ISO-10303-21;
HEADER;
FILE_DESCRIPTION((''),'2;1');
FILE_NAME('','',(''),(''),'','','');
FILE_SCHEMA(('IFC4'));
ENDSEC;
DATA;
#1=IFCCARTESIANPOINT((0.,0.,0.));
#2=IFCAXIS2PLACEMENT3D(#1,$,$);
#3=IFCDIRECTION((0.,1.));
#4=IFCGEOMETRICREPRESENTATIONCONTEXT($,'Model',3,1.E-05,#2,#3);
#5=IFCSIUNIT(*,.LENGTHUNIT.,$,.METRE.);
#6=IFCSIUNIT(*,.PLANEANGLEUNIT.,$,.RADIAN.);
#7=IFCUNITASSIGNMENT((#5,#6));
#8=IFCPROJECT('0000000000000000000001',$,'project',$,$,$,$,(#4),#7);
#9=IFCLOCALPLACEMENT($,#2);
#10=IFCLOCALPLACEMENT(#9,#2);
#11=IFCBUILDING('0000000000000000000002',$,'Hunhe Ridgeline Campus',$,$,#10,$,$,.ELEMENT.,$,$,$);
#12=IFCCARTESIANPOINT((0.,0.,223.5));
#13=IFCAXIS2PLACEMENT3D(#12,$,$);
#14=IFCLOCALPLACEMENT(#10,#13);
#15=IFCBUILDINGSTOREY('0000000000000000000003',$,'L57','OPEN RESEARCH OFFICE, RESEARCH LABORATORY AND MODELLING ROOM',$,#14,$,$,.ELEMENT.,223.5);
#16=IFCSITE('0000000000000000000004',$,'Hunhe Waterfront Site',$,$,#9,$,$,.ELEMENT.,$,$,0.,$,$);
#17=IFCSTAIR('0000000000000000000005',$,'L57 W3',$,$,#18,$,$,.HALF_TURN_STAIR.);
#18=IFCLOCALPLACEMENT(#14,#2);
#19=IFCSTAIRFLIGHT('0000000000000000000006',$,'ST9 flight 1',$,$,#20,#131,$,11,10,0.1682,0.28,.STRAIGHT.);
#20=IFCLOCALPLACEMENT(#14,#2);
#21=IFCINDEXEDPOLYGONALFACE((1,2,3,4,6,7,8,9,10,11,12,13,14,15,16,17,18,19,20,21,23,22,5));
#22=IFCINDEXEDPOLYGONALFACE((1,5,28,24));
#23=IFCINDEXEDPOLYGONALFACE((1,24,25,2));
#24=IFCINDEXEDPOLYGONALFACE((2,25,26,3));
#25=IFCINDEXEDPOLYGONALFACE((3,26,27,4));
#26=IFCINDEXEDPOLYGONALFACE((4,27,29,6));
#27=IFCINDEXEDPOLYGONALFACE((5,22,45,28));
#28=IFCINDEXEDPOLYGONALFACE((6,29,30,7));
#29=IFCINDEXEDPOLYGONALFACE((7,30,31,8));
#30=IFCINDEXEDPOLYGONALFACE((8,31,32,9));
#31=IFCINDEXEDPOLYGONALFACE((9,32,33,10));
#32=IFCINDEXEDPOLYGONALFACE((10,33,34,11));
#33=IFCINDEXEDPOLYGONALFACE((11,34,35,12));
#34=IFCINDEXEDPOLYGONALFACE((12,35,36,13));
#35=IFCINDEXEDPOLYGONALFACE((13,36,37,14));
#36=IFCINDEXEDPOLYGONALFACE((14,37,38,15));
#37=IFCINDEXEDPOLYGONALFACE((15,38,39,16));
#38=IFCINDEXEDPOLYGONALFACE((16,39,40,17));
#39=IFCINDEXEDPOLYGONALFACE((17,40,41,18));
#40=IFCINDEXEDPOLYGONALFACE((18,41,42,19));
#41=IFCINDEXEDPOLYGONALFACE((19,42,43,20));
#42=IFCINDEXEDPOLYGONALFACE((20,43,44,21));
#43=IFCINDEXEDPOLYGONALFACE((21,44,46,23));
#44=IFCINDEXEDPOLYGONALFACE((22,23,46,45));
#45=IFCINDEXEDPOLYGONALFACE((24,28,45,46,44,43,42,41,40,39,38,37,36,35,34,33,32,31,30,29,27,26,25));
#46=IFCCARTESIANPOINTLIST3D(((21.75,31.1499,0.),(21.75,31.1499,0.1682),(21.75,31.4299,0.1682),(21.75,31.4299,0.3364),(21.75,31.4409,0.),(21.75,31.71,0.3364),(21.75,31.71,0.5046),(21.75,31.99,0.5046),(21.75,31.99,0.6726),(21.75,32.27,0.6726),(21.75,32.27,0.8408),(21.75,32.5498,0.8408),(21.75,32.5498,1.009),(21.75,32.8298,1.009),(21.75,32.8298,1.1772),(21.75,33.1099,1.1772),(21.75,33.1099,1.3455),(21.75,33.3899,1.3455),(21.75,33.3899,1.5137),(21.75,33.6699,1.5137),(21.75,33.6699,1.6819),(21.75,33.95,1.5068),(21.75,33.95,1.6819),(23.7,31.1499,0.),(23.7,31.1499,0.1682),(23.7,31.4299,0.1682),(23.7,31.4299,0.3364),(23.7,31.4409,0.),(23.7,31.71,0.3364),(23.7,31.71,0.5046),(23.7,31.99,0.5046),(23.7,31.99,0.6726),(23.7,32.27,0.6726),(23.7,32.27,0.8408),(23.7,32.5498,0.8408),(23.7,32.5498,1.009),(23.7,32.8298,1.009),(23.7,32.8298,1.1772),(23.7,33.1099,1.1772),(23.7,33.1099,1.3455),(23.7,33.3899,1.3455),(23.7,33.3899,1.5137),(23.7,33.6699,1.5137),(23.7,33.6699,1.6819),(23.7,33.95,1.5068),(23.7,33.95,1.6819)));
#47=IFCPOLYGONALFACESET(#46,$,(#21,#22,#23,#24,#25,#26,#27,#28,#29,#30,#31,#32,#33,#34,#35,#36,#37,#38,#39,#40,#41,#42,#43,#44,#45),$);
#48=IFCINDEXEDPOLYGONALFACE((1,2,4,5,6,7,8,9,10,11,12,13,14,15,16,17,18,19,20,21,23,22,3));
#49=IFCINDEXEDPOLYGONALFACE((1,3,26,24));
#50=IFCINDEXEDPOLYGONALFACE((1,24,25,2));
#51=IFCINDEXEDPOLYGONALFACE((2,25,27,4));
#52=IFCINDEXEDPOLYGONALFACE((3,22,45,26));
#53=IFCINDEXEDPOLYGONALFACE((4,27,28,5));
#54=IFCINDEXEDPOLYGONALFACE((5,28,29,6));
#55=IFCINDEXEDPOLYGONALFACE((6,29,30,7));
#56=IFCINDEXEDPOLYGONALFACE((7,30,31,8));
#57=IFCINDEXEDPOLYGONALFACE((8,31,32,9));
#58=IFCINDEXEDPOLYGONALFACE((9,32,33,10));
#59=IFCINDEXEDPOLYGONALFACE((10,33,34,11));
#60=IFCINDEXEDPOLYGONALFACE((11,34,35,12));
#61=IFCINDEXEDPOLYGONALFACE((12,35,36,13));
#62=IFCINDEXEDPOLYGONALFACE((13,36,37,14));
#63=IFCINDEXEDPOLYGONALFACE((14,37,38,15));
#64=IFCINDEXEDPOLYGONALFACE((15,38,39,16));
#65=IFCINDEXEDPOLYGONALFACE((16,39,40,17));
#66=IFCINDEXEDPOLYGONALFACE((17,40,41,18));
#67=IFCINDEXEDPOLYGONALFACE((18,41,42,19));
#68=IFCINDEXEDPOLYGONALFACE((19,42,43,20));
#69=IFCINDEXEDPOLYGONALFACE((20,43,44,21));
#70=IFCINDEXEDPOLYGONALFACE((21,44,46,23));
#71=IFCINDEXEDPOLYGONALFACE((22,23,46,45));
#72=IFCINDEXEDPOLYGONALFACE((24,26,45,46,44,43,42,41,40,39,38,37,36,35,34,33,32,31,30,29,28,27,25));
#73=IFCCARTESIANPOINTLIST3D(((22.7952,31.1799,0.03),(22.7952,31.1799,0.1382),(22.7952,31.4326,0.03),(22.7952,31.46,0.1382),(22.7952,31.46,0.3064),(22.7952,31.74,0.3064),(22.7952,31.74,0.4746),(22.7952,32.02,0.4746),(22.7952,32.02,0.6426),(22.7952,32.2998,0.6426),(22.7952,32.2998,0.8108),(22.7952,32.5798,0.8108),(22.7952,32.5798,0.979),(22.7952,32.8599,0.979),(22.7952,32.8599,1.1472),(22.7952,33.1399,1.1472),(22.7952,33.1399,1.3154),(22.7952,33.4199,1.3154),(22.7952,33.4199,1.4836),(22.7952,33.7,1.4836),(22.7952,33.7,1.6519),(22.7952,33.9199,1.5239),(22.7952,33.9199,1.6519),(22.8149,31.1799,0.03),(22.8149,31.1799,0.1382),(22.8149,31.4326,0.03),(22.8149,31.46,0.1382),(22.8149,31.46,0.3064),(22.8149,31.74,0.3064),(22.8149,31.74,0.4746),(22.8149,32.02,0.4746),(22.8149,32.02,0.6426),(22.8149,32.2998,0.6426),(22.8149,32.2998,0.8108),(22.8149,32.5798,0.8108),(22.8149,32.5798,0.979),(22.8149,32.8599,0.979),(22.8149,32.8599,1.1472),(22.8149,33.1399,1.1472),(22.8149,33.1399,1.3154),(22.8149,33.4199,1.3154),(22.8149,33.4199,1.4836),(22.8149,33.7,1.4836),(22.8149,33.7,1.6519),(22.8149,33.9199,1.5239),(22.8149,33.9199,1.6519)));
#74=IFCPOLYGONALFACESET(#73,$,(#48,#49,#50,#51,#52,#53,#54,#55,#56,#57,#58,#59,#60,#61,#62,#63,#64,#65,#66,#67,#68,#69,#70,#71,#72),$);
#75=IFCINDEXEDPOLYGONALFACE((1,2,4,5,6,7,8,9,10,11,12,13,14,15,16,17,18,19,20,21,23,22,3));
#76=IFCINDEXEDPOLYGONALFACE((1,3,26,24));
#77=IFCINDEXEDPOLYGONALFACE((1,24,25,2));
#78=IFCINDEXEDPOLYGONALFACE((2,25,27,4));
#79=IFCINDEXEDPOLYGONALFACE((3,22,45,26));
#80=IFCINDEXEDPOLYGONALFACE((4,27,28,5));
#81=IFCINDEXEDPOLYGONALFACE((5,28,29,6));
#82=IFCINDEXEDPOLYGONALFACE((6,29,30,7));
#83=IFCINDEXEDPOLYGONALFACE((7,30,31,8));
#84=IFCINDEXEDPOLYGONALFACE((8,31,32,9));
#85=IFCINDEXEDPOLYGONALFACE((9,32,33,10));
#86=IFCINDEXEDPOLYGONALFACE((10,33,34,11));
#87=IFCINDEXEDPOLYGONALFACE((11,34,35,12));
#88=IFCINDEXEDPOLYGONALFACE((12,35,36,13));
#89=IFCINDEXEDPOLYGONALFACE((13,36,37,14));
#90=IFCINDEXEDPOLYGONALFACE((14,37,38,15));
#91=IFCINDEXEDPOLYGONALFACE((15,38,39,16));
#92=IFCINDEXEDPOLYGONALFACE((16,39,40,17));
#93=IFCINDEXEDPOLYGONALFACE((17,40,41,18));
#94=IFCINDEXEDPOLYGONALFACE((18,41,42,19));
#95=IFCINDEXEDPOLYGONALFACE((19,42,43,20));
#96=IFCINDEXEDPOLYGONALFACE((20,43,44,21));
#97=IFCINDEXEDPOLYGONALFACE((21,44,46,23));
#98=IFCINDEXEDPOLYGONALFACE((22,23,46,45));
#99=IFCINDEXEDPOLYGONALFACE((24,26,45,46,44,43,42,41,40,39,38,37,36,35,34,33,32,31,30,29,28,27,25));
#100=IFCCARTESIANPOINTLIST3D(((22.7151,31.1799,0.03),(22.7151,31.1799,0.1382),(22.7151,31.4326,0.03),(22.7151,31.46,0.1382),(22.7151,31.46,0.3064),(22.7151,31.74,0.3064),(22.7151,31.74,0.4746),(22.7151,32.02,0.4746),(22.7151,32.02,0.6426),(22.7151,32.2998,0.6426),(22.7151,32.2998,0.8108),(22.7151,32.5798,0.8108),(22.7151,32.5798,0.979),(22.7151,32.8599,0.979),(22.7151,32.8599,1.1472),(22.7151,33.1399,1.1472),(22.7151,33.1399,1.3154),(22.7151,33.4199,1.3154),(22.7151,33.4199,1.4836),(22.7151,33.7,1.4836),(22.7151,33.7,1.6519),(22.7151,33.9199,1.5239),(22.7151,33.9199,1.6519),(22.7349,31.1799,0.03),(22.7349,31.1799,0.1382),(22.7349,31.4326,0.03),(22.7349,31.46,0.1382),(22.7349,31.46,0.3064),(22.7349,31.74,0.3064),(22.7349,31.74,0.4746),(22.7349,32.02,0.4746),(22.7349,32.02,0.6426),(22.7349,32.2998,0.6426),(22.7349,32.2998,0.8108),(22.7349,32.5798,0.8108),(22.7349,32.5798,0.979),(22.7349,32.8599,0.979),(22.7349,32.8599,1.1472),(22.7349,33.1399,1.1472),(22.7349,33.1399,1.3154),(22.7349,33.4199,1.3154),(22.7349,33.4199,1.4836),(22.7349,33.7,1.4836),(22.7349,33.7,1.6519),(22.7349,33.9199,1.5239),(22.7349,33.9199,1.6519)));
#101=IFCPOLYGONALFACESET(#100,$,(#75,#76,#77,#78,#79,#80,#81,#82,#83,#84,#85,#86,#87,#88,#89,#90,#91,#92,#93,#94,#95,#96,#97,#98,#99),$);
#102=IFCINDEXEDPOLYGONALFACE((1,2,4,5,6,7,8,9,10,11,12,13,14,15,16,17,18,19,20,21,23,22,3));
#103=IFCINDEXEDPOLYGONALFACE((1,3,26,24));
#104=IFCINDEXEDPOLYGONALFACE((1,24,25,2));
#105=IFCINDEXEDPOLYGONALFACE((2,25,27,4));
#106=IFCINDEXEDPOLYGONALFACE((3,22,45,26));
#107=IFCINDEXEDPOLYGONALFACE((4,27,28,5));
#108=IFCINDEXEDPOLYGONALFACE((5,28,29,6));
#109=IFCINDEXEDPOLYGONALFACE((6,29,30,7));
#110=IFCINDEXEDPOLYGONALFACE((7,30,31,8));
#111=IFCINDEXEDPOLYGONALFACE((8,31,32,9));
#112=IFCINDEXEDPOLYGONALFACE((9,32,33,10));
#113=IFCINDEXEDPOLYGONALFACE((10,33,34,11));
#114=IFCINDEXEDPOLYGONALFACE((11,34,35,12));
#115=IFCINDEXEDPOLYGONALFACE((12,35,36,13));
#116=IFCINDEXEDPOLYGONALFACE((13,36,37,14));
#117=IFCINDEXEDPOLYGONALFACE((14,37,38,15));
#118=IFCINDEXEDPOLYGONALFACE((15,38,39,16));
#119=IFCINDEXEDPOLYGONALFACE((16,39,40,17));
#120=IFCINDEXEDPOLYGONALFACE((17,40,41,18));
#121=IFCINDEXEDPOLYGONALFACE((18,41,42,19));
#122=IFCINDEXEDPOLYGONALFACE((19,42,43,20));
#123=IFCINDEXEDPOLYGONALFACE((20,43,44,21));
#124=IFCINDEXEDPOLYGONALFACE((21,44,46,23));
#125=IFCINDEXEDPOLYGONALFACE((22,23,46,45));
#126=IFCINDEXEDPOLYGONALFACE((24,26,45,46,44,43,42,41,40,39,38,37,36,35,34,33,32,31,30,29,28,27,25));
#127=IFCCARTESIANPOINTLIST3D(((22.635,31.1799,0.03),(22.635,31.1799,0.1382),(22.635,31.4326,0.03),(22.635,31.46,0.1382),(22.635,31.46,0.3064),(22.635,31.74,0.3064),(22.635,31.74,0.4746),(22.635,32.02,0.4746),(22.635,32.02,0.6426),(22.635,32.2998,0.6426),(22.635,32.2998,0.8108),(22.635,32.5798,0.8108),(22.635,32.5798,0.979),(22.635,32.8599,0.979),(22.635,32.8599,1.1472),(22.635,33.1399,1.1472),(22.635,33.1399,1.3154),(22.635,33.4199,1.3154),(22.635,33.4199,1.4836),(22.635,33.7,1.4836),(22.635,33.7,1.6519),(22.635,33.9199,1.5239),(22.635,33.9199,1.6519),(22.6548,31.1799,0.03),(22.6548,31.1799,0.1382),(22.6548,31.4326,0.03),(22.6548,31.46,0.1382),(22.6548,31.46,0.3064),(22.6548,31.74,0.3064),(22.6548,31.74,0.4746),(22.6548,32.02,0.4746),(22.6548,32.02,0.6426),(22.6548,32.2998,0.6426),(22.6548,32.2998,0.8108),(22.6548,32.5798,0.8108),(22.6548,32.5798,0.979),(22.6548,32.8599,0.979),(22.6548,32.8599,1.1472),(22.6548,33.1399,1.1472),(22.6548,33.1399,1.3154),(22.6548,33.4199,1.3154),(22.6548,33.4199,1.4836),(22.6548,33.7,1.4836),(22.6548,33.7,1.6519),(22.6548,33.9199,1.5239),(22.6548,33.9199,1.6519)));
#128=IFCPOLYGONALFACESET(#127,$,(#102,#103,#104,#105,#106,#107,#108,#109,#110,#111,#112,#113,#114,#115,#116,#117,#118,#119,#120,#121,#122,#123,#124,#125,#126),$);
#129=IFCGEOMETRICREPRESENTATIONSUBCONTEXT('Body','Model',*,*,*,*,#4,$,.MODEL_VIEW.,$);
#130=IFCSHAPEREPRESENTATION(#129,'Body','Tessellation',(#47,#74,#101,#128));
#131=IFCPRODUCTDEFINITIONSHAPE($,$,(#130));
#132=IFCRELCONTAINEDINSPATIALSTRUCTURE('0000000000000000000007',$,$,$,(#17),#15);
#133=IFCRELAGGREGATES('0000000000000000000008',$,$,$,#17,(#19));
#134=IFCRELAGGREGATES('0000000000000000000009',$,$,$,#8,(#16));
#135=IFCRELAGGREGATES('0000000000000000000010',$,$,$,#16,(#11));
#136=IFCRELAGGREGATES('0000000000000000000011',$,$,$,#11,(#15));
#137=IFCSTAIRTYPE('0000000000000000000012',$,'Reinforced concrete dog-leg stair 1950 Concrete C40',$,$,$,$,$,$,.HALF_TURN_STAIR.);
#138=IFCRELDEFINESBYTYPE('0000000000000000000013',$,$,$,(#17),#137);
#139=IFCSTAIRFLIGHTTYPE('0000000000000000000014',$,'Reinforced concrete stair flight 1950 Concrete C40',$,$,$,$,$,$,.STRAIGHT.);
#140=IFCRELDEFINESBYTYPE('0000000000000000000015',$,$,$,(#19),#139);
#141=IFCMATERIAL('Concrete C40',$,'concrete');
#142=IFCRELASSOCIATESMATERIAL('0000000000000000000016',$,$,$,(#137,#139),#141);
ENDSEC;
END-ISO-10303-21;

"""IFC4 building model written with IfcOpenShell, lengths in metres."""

from ifc_helpers import new_model, si_unit, direction, frame, origin, place, context, subcontext, project, spatial, polyline, outline, extrude, material, type_object, element, aggregate, save


model = new_model("IFC4")

# Units and contexts
model_context = context("Model", 3, precision=1e-05, world=origin(), true_north=direction((0.0, 1.0)))
body_context = subcontext(model_context, "Body", "Model", "MODEL_VIEW")
ifc_project = project(units=[si_unit("LENGTHUNIT", "METRE"), si_unit("PLANEANGLEUNIT", "RADIAN")], contexts=[model_context])

# Site, building, storey
site_placement = place(None, origin())
site = spatial("IfcSite", under=ifc_project, at=site_placement, Name="Hunhe Waterfront Site", CompositionType="ELEMENT", RefElevation=0.0)
building_placement = place(site_placement, origin())
building = spatial("IfcBuilding", under=site, at=building_placement, Name="Hunhe Ridgeline Campus", CompositionType="ELEMENT")
storey_placement = place(building_placement, frame((0.0, 0.0, 223.5)))
storey = spatial("IfcBuildingStorey", under=building, at=storey_placement, Name="L57", Description="OPEN RESEARCH OFFICE, RESEARCH LABORATORY AND MODELLING ROOM", CompositionType="ELEMENT", Elevation=223.5)

# Stair, stair flight
ifc_material_1 = material(Name="Concrete C40", Category="concrete")
stair_type = type_object("IfcStairType", Name="Reinforced concrete dog-leg stair 1950 Concrete C40", PredefinedType="HALF_TURN_STAIR", material=ifc_material_1)
stair_placement = place(storey_placement, origin())
stair = element("IfcStair", 1, at=stair_placement, inside=storey, type_object=stair_type, Name="L57 W3", PredefinedType="HALF_TURN_STAIR")
stair_flight_type = type_object("IfcStairFlightType", Name="Reinforced concrete stair flight 1950 Concrete C40", PredefinedType="STRAIGHT", material=ifc_material_1)
stair_flight_1_placement = place(storey_placement, frame((22.7251, 31.1499, 0.0), z_axis=(0.0, 0.0, 1.0), x_axis=(0.0, 1.0, 0.0)))
stair_flight_1 = element("IfcStairFlight", 2, at=stair_flight_1_placement, type_object=stair_flight_type, Name="ST9 flight 1", NumberOfRisers=11, NumberOfTreads=10, PredefinedType="STRAIGHT", RiserHeight=0.1682, TreadLength=0.28, context=body_context, shape_type="SweptSolid", body=[
    extrude(outline(polyline([(0.0, 0.0), (0.0, 0.1682), (0.28, 0.1682), (0.28, 0.3364), (0.5601, 0.3364), (0.5601, 0.5046), (0.8401, 0.5046), (0.8401, 0.6726), (1.1201, 0.6726), (1.1201, 0.8408), (1.3999, 0.8408), (1.3999, 1.009), (1.6799, 1.009), (1.6799, 1.1772), (1.96, 1.1772), (1.96, 1.3455), (2.24, 1.3455), (2.24, 1.5137), (2.52, 1.5137), (2.52, 1.6819), (2.8, 1.6819), (2.8, 1.8501), (2.8, 1.5068), (0.291, 0.0), (0.0, 0.0)])), frame((0.0, 0.9751, 0.0), z_axis=(0.0, -1.0, 0.0), x_axis=(1.0, 0.0, 0.0)), (0.0, 0.0, 1.0), 1.95),
    extrude(outline(polyline([(0.03, 0.03), (0.03, 0.1382), (0.3101, 0.1382), (0.3101, 0.3064), (0.5901, 0.3064), (0.5901, 0.4746), (0.8701, 0.4746), (0.8701, 0.6426), (1.1499, 0.6426), (1.1499, 0.8108), (1.4299, 0.8108), (1.4299, 0.979), (1.71, 0.979), (1.71, 1.1472), (1.99, 1.1472), (1.99, 1.3154), (2.27, 1.3154), (2.27, 1.4836), (2.55, 1.4836), (2.55, 1.6519), (2.77, 1.6519), (2.77, 1.5239), (0.2827, 0.03), (0.03, 0.03)])), frame((0.0, -0.0701, 0.0), z_axis=(0.0, -1.0, 0.0), x_axis=(1.0, 0.0, 0.0)), (0.0, 0.0, 1.0), 0.0198),
    extrude(outline(polyline([(0.03, 0.03), (0.03, 0.1382), (0.3101, 0.1382), (0.3101, 0.3064), (0.5901, 0.3064), (0.5901, 0.4746), (0.8701, 0.4746), (0.8701, 0.6426), (1.1499, 0.6426), (1.1499, 0.8108), (1.4299, 0.8108), (1.4299, 0.979), (1.71, 0.979), (1.71, 1.1472), (1.99, 1.1472), (1.99, 1.3154), (2.27, 1.3154), (2.27, 1.4836), (2.55, 1.4836), (2.55, 1.6519), (2.77, 1.6519), (2.77, 1.5239), (0.2827, 0.03), (0.03, 0.03)])), frame((0.0, 0.01, 0.0), z_axis=(0.0, -1.0, 0.0), x_axis=(1.0, 0.0, 0.0)), (0.0, 0.0, 1.0), 0.0198),
    extrude(outline(polyline([(0.03, 0.03), (0.03, 0.1382), (0.3101, 0.1382), (0.3101, 0.3064), (0.5901, 0.3064), (0.5901, 0.4746), (0.8701, 0.4746), (0.8701, 0.6426), (1.1499, 0.6426), (1.1499, 0.8108), (1.4299, 0.8108), (1.4299, 0.979), (1.71, 0.979), (1.71, 1.1472), (1.99, 1.1472), (1.99, 1.3154), (2.27, 1.3154), (2.27, 1.4836), (2.55, 1.4836), (2.55, 1.6519), (2.77, 1.6519), (2.77, 1.5239), (0.2827, 0.03), (0.03, 0.03)])), frame((0.0, 0.0901, 0.0), z_axis=(0.0, -1.0, 0.0), x_axis=(1.0, 0.0, 0.0)), (0.0, 0.0, 1.0), 0.0198),
])
aggregate(stair, [stair_flight_1])

save(model, "model.ifc")
